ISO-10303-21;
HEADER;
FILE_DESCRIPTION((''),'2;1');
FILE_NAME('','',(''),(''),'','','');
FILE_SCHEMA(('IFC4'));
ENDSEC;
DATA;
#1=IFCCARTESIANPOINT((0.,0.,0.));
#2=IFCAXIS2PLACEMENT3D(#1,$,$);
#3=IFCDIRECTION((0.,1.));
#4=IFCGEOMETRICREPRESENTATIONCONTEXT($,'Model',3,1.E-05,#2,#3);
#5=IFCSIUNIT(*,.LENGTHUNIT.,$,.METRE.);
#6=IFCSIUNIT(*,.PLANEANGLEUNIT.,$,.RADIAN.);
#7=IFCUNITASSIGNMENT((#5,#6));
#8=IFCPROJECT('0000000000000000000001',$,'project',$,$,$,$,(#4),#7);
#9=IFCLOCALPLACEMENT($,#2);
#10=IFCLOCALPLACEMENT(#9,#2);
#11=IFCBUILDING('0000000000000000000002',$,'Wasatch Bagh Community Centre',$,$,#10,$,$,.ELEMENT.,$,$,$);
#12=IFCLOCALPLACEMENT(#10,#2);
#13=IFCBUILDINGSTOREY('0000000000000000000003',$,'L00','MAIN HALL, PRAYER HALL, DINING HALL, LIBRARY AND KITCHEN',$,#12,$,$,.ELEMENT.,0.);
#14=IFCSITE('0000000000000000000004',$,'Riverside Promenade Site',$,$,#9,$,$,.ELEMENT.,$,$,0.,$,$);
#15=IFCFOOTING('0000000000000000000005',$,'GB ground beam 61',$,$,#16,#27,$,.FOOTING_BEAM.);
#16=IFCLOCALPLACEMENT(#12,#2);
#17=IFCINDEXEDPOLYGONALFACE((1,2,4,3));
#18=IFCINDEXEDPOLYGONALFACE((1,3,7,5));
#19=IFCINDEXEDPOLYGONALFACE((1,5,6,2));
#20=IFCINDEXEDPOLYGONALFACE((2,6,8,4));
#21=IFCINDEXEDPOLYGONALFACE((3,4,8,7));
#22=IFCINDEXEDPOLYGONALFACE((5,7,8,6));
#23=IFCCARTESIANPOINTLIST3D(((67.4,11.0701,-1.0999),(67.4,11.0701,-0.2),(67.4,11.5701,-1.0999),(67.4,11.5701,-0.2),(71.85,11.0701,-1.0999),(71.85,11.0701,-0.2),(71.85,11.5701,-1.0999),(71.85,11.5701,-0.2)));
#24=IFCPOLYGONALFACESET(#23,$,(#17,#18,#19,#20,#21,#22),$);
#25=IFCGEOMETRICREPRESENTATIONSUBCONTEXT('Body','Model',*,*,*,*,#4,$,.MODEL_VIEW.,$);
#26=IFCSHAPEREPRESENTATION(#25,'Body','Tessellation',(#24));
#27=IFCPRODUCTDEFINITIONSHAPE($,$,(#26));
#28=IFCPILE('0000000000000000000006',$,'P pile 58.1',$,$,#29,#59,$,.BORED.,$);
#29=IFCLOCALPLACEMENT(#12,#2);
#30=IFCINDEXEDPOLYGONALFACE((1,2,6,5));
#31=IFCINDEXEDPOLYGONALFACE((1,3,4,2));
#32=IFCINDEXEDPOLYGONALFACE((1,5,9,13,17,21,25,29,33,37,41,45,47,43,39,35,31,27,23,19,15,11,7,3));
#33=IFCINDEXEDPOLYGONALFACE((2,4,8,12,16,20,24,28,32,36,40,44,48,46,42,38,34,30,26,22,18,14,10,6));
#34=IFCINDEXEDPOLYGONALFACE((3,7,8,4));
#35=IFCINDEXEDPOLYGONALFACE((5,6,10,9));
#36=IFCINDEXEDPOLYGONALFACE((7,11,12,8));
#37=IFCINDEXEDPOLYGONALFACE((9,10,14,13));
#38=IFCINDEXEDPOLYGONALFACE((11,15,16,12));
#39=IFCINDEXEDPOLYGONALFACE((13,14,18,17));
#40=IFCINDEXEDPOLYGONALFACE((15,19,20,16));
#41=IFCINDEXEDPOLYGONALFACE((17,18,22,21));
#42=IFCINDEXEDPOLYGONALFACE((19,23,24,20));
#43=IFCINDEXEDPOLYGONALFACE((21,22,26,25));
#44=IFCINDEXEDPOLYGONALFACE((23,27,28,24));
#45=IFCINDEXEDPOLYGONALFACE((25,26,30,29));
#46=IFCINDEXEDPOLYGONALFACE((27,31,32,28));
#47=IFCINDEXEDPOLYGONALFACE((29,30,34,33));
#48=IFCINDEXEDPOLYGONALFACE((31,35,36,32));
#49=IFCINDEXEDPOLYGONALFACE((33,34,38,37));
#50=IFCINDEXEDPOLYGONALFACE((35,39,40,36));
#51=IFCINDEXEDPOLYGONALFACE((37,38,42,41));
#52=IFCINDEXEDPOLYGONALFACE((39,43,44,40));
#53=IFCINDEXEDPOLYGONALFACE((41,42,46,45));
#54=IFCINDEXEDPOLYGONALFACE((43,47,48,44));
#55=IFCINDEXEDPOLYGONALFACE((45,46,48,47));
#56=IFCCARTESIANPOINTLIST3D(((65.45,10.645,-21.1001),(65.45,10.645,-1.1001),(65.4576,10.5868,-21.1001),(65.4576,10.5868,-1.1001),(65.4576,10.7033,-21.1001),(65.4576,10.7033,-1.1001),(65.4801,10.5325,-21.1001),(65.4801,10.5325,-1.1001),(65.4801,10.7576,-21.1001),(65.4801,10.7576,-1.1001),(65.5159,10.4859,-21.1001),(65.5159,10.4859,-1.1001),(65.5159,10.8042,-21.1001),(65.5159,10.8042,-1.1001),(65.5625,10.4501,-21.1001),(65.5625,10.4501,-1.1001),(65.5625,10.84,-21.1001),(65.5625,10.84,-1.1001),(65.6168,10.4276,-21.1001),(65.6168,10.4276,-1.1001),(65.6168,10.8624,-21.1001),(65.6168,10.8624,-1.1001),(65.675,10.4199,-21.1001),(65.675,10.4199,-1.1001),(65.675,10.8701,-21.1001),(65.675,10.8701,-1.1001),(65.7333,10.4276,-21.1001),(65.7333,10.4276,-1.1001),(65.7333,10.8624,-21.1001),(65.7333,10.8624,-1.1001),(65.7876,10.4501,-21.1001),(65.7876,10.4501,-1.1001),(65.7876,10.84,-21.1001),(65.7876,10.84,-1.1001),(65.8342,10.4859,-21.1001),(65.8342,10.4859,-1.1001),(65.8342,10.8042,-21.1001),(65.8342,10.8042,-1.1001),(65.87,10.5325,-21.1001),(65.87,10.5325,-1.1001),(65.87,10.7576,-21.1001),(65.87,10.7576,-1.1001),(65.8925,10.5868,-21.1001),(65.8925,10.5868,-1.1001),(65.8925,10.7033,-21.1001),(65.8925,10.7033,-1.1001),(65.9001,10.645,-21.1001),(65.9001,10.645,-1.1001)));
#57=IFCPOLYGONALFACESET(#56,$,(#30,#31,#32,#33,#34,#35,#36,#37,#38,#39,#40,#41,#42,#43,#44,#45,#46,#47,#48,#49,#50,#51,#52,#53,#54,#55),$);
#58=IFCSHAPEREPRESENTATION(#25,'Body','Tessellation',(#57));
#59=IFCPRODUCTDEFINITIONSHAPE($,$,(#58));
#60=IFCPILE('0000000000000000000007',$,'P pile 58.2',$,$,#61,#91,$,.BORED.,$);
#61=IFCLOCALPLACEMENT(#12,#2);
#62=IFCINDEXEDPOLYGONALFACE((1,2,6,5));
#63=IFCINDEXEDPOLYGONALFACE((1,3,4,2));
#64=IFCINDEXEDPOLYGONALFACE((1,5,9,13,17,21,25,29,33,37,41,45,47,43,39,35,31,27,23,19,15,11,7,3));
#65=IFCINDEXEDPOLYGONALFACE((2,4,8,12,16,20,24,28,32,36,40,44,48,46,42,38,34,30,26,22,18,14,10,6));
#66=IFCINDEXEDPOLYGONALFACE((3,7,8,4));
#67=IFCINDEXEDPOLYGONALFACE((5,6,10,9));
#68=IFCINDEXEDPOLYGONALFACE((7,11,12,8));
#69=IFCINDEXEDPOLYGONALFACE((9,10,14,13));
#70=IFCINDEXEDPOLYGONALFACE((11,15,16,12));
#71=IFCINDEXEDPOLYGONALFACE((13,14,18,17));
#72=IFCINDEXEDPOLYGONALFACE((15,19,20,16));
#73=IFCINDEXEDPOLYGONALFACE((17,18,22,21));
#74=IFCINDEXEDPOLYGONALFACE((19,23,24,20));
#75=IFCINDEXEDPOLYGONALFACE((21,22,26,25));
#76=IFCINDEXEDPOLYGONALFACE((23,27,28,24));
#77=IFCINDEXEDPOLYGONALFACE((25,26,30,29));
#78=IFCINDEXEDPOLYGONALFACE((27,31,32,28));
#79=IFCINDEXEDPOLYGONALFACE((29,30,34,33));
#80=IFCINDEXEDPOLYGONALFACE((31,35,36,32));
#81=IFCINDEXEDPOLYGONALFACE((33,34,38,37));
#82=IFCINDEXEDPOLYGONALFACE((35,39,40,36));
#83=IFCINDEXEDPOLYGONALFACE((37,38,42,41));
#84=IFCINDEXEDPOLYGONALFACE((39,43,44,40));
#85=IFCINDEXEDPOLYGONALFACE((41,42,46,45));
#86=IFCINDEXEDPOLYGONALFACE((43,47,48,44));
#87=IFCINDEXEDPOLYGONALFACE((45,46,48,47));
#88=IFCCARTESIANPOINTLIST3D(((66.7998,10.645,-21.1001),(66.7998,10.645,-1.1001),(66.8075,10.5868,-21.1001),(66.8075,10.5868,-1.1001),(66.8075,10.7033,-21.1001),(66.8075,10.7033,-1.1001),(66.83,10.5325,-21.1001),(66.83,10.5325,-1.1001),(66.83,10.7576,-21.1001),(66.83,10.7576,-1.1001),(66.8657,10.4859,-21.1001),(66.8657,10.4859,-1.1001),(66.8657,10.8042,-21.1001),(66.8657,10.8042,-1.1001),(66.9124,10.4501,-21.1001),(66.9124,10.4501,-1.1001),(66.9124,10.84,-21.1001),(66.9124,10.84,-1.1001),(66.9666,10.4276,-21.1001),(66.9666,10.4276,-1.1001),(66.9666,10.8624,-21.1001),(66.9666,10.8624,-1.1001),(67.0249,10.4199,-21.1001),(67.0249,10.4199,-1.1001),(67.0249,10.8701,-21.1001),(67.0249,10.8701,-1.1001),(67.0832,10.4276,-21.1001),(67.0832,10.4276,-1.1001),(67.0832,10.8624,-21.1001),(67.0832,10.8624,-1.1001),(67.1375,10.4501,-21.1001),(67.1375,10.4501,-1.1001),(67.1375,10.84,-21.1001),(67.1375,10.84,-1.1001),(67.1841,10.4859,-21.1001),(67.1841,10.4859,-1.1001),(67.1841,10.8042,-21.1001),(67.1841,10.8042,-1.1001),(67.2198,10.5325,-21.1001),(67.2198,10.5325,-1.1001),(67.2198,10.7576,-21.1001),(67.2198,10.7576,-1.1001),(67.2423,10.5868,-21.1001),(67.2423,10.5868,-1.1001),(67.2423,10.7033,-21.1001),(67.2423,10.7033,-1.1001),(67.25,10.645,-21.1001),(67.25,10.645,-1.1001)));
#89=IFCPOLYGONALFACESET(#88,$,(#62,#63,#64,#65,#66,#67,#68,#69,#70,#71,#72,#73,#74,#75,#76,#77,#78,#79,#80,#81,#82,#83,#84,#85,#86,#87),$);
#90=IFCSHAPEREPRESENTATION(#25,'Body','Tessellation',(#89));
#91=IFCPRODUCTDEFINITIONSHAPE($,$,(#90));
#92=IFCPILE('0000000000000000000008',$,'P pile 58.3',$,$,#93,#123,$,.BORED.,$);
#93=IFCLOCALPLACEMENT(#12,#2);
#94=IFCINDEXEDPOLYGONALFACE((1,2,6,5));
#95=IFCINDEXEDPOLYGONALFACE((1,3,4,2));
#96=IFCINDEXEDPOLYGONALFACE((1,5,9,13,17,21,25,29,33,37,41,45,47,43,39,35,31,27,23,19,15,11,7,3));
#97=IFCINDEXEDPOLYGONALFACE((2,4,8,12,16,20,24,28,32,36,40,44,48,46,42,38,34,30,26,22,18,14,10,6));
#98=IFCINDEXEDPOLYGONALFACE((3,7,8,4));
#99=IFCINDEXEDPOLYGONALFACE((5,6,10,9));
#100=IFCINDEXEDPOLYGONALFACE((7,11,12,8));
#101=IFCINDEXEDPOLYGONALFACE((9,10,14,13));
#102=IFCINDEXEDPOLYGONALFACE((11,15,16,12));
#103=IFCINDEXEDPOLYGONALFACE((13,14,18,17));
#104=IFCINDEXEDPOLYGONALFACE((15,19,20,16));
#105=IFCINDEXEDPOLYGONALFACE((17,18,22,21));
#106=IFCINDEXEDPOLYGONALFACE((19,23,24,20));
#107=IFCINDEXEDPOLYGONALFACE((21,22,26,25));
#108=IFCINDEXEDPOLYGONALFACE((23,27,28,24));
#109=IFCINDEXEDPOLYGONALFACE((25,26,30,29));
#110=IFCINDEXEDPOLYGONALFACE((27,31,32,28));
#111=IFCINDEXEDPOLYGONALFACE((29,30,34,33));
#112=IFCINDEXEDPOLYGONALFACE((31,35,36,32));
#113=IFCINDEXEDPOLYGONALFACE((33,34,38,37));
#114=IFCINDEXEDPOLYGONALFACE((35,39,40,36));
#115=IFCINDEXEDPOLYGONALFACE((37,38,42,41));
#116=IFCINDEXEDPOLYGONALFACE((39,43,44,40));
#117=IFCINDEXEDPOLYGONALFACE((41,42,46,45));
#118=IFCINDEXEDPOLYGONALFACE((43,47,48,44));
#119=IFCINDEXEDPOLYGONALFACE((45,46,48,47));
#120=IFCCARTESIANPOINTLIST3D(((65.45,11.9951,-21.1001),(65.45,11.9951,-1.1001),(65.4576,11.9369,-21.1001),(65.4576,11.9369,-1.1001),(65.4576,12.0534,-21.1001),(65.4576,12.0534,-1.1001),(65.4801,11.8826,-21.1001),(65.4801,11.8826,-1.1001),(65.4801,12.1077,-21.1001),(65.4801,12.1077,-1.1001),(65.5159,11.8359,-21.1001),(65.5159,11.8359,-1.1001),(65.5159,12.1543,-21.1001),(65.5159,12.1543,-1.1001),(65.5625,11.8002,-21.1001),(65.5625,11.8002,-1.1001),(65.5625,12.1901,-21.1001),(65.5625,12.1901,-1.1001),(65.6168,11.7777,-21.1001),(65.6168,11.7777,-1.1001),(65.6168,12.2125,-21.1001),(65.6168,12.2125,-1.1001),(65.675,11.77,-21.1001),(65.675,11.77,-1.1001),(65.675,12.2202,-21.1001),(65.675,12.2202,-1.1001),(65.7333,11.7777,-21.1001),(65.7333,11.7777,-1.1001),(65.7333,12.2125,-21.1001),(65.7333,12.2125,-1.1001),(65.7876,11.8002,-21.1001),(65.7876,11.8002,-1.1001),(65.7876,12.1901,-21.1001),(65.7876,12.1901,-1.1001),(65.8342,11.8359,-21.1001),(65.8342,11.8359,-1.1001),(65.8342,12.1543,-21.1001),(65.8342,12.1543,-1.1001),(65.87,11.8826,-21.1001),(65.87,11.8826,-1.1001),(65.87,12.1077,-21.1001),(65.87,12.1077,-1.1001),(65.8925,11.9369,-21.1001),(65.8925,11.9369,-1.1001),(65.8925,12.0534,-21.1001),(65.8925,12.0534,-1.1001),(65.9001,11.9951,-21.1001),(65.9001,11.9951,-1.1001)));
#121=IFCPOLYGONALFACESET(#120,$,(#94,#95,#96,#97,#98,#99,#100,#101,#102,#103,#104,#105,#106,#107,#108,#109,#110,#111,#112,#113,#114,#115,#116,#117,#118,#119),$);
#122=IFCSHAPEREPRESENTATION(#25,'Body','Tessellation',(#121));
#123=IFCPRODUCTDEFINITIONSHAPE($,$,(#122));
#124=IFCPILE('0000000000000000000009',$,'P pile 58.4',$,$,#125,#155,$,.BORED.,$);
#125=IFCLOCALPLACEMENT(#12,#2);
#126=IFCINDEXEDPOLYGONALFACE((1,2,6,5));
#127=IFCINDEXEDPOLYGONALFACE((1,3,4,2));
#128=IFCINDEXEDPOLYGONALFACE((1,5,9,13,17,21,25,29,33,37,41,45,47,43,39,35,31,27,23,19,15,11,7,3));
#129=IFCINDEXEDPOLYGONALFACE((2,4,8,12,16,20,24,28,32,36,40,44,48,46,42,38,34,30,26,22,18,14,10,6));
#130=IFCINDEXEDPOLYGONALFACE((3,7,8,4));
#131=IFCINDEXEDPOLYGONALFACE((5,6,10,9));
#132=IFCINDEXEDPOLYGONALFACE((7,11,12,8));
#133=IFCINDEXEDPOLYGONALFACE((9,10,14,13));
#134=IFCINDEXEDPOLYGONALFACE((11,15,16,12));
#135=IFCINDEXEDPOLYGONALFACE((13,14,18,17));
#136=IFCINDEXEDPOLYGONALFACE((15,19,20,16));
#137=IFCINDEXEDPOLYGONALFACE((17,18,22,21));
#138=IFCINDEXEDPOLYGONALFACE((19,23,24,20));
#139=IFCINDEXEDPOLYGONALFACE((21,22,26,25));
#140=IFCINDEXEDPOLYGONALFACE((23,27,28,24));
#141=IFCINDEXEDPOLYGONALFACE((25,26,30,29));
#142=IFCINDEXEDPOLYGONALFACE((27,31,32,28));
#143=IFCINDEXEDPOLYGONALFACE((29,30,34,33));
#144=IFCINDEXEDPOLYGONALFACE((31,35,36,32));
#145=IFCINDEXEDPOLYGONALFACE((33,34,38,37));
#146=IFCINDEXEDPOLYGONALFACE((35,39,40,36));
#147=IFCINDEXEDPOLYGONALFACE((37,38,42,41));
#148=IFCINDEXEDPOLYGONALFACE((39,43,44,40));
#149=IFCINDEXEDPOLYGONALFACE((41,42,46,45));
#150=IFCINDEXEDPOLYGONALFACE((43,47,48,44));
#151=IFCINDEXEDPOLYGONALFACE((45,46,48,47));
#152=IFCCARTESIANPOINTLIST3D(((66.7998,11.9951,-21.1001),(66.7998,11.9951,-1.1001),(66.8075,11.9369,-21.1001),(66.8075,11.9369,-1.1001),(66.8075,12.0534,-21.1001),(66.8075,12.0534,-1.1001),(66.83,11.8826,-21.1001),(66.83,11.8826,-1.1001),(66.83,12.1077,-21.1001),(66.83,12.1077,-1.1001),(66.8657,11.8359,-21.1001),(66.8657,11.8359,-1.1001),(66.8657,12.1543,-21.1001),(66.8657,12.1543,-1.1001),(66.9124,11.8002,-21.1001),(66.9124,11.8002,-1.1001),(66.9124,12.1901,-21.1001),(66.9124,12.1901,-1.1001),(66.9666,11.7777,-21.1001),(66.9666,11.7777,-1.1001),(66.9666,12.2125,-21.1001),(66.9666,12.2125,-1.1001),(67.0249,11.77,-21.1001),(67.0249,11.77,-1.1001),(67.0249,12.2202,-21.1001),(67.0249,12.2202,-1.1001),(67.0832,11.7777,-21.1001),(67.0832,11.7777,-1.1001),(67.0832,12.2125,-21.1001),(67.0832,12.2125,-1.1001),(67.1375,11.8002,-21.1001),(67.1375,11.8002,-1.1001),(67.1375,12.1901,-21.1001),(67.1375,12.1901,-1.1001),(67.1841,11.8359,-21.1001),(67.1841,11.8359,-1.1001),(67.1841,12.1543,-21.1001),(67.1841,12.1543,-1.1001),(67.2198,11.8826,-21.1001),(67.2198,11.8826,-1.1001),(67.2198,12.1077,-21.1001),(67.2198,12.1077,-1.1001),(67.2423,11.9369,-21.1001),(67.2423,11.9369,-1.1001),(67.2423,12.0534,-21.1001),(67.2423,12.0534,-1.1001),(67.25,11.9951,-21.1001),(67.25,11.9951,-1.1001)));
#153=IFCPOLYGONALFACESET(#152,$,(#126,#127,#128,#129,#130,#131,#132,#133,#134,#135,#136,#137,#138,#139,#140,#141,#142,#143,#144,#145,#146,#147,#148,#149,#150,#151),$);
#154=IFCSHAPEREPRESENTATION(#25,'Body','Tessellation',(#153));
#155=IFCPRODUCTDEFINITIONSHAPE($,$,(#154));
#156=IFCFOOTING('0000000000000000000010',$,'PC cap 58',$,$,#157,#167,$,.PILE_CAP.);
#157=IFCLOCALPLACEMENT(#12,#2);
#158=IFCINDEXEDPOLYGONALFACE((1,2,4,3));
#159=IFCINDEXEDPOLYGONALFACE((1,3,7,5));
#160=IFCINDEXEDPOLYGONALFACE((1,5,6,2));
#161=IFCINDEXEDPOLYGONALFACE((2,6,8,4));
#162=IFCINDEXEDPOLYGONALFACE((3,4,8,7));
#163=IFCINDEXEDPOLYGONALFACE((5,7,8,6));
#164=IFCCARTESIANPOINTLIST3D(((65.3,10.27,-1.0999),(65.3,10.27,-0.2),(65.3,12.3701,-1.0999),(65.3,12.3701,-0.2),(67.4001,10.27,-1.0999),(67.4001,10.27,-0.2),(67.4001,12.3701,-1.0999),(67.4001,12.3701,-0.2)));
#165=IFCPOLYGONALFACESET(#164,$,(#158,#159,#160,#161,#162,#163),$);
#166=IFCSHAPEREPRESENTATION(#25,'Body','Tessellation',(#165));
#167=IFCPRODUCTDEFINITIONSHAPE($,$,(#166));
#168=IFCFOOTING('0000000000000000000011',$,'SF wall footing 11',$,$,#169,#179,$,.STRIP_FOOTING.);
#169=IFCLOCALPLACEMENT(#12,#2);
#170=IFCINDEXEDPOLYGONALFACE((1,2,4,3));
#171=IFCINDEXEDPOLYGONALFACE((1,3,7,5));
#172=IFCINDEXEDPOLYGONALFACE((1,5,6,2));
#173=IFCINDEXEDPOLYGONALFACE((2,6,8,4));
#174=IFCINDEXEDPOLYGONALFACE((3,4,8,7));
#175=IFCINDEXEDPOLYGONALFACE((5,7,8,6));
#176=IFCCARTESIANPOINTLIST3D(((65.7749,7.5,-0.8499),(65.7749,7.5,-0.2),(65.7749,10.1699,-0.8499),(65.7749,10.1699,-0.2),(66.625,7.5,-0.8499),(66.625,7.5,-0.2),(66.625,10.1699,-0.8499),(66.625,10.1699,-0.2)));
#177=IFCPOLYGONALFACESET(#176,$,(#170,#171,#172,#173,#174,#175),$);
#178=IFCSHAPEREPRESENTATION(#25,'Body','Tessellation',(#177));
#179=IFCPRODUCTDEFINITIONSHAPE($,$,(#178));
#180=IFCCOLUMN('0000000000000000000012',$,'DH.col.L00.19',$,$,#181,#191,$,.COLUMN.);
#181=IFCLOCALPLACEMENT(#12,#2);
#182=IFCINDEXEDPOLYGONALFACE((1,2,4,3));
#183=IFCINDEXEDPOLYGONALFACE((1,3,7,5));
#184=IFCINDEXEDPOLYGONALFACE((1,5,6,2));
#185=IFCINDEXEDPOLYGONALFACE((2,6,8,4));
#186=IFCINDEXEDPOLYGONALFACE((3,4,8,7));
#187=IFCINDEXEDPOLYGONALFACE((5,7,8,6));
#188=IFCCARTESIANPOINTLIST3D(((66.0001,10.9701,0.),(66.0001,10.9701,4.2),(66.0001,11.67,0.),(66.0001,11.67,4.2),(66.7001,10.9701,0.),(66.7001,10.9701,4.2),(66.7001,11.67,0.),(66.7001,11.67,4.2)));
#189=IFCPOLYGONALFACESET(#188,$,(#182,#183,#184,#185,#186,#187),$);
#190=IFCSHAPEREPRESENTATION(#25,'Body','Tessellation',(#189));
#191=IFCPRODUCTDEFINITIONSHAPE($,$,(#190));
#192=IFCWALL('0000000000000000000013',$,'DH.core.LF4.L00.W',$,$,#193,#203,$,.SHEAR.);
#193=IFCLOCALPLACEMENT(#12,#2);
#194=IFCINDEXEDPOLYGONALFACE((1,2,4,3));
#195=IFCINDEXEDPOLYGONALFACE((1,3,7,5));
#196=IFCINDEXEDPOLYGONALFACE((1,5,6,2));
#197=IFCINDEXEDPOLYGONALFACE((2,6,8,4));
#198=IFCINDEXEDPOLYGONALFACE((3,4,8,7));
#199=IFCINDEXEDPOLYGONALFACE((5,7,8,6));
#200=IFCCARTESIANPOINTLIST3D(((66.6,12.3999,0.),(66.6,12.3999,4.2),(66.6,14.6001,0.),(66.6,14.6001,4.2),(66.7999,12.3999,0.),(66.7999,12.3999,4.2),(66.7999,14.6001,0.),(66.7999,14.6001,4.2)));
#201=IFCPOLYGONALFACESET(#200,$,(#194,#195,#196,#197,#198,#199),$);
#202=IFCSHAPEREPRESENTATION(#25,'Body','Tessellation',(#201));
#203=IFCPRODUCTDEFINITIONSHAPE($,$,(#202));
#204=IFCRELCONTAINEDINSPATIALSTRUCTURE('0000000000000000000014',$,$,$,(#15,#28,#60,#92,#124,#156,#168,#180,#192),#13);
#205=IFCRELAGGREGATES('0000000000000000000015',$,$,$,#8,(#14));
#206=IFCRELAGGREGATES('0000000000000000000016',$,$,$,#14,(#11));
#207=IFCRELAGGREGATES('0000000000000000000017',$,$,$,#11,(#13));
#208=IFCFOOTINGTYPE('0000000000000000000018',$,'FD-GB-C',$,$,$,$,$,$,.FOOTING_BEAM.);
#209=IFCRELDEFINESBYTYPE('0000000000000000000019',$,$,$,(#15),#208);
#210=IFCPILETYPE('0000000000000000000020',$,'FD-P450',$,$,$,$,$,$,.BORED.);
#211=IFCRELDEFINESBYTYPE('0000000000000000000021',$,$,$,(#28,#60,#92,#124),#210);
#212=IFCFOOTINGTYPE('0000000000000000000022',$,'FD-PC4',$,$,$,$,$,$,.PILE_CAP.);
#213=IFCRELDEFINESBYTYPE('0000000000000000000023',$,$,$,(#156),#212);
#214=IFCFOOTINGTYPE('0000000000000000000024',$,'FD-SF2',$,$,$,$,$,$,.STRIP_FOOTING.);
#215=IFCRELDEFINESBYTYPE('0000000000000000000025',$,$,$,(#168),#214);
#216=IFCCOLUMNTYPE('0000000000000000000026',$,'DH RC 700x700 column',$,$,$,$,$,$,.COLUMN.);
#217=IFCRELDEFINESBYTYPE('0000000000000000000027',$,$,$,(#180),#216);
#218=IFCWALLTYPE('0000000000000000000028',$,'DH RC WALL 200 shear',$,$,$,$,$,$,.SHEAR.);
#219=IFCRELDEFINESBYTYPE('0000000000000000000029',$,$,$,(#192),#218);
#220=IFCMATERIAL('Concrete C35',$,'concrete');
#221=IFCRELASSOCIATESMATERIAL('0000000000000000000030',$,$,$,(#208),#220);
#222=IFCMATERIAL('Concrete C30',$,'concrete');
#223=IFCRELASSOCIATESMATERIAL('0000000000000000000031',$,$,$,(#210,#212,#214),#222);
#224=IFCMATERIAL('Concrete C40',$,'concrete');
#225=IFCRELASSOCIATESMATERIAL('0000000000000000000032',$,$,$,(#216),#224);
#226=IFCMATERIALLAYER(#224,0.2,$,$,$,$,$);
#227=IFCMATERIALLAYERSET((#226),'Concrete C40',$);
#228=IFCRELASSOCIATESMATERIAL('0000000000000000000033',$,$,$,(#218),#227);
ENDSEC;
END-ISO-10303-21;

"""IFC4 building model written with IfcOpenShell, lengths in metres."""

from ifc_helpers import new_model, si_unit, direction, frame, frame_2d, origin, origin_2d, place, context, subcontext, project, spatial, rectangle, circle, extrude, material, layer, layer_set, material_profile, profile_set, type_object, element, save


model = new_model("IFC4")

# Units and contexts
model_context = context("Model", 3, precision=1e-05, world=origin(), true_north=direction((0.0, 1.0)))
body_context = subcontext(model_context, "Body", "Model", "MODEL_VIEW")
ifc_project = project(units=[si_unit("LENGTHUNIT", "METRE"), si_unit("PLANEANGLEUNIT", "RADIAN")], contexts=[model_context])

# Site, building, storey
site_placement = place(None, origin())
site = spatial("IfcSite", under=ifc_project, at=site_placement, Name="Riverside Promenade Site", CompositionType="ELEMENT", RefElevation=0.0)
building_placement = place(site_placement, origin())
building = spatial("IfcBuilding", under=site, at=building_placement, Name="Wasatch Bagh Community Centre", CompositionType="ELEMENT")
storey_placement = place(building_placement, origin())
storey = spatial("IfcBuildingStorey", under=building, at=storey_placement, Name="L00", Description="MAIN HALL, PRAYER HALL, DINING HALL, LIBRARY AND KITCHEN", CompositionType="ELEMENT", Elevation=0.0)

# Footing
ifc_material_1 = material(Name="Concrete C35", Category="concrete")
footing_type_1 = type_object("IfcFootingType", Name="FD-GB-C", PredefinedType="FOOTING_BEAM", material=ifc_material_1)
footing_1_placement = place(storey_placement, frame((69.625, 11.3201, -1.0999), z_axis=(0.0, 0.0, 1.0), x_axis=(1.0, 0.0, 0.0)))
element("IfcFooting", 1, at=footing_1_placement, inside=storey, type_object=footing_type_1, Name="GB ground beam 61", PredefinedType="FOOTING_BEAM", context=body_context, shape_type="SweptSolid", body=[
    extrude(rectangle(XDim=4.45, YDim=0.5, at=origin_2d()), origin(), (0.0, 0.0, 1.0), 0.8999),
])

# Piles
ifc_material_2 = material(Name="Concrete C30", Category="concrete")
ifc_material_profile_1 = material_profile(ifc_material_2, circle(Radius=0.2251, at=origin_2d()), Name="RC D450")
ifc_profile_set_1 = profile_set([ifc_material_profile_1], Name="Concrete C30")
pile_type = type_object("IfcPileType", Name="FD-P450", PredefinedType="BORED", material=ifc_profile_set_1)
for number, where, z_axis, x_axis, name in (
    (2, (65.675, 10.645, -1.1001), (0.0, 0.0, -1.0), (1.0, 0.0, 0.0), "P pile 58.1"),
    (3, (67.0249, 10.645, -1.1001), (0.0, 0.0, -1.0), (1.0, 0.0, 0.0), "P pile 58.2"),
    (4, (65.675, 11.9951, -1.1001), (0.0, 0.0, -1.0), (1.0, 0.0, 0.0), "P pile 58.3"),
    (5, (67.0249, 11.9951, -1.1001), (0.0, 0.0, -1.0), (1.0, 0.0, 0.0), "P pile 58.4"),
):
    element("IfcPile", number, at=place(storey_placement, frame(where, z_axis=z_axis, x_axis=x_axis)), inside=storey, type_object=pile_type, Name=name, PredefinedType="BORED", context=body_context, shape_type="SweptSolid", body=[
        extrude(circle(Radius=0.2251, at=origin_2d()), origin(), (0.0, 0.0, 1.0), 20.0),
    ])

# Footings
footing_type_2 = type_object("IfcFootingType", Name="FD-PC4", PredefinedType="PILE_CAP", material=ifc_material_2)
footing_2_placement = place(storey_placement, frame((66.3501, 11.3201, -1.0999), z_axis=(0.0, 0.0, 1.0), x_axis=(1.0, 0.0, 0.0)))
element("IfcFooting", 6, at=footing_2_placement, inside=storey, type_object=footing_type_2, Name="PC cap 58", PredefinedType="PILE_CAP", context=body_context, shape_type="SweptSolid", body=[
    extrude(rectangle(XDim=2.1001, YDim=2.1001, at=origin_2d()), origin(), (0.0, 0.0, 1.0), 0.8999),
])
footing_type_3 = type_object("IfcFootingType", Name="FD-SF2", PredefinedType="STRIP_FOOTING", material=ifc_material_2)
footing_3_placement = place(storey_placement, frame((66.2, 8.835, -0.8499), z_axis=(0.0, 0.0, 1.0), x_axis=(0.0, 1.0, 0.0)))
element("IfcFooting", 7, at=footing_3_placement, inside=storey, type_object=footing_type_3, Name="SF wall footing 11", PredefinedType="STRIP_FOOTING", context=body_context, shape_type="SweptSolid", body=[
    extrude(rectangle(XDim=2.6699, YDim=0.8501, at=origin_2d()), origin(), (0.0, 0.0, 1.0), 0.6499),
])

# Column
ifc_material_3 = material(Name="Concrete C40", Category="concrete")
ifc_material_profile_2 = material_profile(ifc_material_3, rectangle(XDim=0.7, YDim=0.7, at=origin_2d()), Name="RC 700x700")
ifc_profile_set_2 = profile_set([ifc_material_profile_2], Name="Concrete C40")
column_type = type_object("IfcColumnType", Name="DH RC 700x700 column", PredefinedType="COLUMN", material=ifc_profile_set_2)
column_placement = place(storey_placement, frame((66.3501, 11.3201, 0.0), z_axis=(0.0, 0.0, 1.0), x_axis=(1.0, 0.0, 0.0)))
element("IfcColumn", 8, at=column_placement, inside=storey, type_object=column_type, Name="DH.col.L00.19", PredefinedType="COLUMN", context=body_context, shape_type="SweptSolid", body=[
    extrude(rectangle(XDim=0.7, YDim=0.7, at=origin_2d()), origin(), (0.0, 0.0, 1.0), 4.2),
])

# Wall
ifc_layer_1 = layer(ifc_material_3, 0.2)
ifc_layer_set_1 = layer_set([ifc_layer_1], Name="Concrete C40")
wall_type_1 = type_object("IfcWallType", Name="DH RC WALL 200 shear", PredefinedType="SHEAR", material=ifc_layer_set_1)
wall_1_placement = place(storey_placement, frame((66.7, 12.3999, 0.0), z_axis=(0.0, 0.0, 1.0), x_axis=(0.0, 1.0, 0.0)))
element("IfcWall", 9, at=wall_1_placement, inside=storey, type_object=wall_type_1, Name="DH.core.LF4.L00.W", PredefinedType="SHEAR", context=body_context, shape_type="SweptSolid", body=[
    extrude(rectangle(XDim=2.2002, YDim=0.2, at=frame_2d((1.1001, 0.0))), origin(), (0.0, 0.0, 1.0), 4.2),
])

save(model, "model.ifc")
